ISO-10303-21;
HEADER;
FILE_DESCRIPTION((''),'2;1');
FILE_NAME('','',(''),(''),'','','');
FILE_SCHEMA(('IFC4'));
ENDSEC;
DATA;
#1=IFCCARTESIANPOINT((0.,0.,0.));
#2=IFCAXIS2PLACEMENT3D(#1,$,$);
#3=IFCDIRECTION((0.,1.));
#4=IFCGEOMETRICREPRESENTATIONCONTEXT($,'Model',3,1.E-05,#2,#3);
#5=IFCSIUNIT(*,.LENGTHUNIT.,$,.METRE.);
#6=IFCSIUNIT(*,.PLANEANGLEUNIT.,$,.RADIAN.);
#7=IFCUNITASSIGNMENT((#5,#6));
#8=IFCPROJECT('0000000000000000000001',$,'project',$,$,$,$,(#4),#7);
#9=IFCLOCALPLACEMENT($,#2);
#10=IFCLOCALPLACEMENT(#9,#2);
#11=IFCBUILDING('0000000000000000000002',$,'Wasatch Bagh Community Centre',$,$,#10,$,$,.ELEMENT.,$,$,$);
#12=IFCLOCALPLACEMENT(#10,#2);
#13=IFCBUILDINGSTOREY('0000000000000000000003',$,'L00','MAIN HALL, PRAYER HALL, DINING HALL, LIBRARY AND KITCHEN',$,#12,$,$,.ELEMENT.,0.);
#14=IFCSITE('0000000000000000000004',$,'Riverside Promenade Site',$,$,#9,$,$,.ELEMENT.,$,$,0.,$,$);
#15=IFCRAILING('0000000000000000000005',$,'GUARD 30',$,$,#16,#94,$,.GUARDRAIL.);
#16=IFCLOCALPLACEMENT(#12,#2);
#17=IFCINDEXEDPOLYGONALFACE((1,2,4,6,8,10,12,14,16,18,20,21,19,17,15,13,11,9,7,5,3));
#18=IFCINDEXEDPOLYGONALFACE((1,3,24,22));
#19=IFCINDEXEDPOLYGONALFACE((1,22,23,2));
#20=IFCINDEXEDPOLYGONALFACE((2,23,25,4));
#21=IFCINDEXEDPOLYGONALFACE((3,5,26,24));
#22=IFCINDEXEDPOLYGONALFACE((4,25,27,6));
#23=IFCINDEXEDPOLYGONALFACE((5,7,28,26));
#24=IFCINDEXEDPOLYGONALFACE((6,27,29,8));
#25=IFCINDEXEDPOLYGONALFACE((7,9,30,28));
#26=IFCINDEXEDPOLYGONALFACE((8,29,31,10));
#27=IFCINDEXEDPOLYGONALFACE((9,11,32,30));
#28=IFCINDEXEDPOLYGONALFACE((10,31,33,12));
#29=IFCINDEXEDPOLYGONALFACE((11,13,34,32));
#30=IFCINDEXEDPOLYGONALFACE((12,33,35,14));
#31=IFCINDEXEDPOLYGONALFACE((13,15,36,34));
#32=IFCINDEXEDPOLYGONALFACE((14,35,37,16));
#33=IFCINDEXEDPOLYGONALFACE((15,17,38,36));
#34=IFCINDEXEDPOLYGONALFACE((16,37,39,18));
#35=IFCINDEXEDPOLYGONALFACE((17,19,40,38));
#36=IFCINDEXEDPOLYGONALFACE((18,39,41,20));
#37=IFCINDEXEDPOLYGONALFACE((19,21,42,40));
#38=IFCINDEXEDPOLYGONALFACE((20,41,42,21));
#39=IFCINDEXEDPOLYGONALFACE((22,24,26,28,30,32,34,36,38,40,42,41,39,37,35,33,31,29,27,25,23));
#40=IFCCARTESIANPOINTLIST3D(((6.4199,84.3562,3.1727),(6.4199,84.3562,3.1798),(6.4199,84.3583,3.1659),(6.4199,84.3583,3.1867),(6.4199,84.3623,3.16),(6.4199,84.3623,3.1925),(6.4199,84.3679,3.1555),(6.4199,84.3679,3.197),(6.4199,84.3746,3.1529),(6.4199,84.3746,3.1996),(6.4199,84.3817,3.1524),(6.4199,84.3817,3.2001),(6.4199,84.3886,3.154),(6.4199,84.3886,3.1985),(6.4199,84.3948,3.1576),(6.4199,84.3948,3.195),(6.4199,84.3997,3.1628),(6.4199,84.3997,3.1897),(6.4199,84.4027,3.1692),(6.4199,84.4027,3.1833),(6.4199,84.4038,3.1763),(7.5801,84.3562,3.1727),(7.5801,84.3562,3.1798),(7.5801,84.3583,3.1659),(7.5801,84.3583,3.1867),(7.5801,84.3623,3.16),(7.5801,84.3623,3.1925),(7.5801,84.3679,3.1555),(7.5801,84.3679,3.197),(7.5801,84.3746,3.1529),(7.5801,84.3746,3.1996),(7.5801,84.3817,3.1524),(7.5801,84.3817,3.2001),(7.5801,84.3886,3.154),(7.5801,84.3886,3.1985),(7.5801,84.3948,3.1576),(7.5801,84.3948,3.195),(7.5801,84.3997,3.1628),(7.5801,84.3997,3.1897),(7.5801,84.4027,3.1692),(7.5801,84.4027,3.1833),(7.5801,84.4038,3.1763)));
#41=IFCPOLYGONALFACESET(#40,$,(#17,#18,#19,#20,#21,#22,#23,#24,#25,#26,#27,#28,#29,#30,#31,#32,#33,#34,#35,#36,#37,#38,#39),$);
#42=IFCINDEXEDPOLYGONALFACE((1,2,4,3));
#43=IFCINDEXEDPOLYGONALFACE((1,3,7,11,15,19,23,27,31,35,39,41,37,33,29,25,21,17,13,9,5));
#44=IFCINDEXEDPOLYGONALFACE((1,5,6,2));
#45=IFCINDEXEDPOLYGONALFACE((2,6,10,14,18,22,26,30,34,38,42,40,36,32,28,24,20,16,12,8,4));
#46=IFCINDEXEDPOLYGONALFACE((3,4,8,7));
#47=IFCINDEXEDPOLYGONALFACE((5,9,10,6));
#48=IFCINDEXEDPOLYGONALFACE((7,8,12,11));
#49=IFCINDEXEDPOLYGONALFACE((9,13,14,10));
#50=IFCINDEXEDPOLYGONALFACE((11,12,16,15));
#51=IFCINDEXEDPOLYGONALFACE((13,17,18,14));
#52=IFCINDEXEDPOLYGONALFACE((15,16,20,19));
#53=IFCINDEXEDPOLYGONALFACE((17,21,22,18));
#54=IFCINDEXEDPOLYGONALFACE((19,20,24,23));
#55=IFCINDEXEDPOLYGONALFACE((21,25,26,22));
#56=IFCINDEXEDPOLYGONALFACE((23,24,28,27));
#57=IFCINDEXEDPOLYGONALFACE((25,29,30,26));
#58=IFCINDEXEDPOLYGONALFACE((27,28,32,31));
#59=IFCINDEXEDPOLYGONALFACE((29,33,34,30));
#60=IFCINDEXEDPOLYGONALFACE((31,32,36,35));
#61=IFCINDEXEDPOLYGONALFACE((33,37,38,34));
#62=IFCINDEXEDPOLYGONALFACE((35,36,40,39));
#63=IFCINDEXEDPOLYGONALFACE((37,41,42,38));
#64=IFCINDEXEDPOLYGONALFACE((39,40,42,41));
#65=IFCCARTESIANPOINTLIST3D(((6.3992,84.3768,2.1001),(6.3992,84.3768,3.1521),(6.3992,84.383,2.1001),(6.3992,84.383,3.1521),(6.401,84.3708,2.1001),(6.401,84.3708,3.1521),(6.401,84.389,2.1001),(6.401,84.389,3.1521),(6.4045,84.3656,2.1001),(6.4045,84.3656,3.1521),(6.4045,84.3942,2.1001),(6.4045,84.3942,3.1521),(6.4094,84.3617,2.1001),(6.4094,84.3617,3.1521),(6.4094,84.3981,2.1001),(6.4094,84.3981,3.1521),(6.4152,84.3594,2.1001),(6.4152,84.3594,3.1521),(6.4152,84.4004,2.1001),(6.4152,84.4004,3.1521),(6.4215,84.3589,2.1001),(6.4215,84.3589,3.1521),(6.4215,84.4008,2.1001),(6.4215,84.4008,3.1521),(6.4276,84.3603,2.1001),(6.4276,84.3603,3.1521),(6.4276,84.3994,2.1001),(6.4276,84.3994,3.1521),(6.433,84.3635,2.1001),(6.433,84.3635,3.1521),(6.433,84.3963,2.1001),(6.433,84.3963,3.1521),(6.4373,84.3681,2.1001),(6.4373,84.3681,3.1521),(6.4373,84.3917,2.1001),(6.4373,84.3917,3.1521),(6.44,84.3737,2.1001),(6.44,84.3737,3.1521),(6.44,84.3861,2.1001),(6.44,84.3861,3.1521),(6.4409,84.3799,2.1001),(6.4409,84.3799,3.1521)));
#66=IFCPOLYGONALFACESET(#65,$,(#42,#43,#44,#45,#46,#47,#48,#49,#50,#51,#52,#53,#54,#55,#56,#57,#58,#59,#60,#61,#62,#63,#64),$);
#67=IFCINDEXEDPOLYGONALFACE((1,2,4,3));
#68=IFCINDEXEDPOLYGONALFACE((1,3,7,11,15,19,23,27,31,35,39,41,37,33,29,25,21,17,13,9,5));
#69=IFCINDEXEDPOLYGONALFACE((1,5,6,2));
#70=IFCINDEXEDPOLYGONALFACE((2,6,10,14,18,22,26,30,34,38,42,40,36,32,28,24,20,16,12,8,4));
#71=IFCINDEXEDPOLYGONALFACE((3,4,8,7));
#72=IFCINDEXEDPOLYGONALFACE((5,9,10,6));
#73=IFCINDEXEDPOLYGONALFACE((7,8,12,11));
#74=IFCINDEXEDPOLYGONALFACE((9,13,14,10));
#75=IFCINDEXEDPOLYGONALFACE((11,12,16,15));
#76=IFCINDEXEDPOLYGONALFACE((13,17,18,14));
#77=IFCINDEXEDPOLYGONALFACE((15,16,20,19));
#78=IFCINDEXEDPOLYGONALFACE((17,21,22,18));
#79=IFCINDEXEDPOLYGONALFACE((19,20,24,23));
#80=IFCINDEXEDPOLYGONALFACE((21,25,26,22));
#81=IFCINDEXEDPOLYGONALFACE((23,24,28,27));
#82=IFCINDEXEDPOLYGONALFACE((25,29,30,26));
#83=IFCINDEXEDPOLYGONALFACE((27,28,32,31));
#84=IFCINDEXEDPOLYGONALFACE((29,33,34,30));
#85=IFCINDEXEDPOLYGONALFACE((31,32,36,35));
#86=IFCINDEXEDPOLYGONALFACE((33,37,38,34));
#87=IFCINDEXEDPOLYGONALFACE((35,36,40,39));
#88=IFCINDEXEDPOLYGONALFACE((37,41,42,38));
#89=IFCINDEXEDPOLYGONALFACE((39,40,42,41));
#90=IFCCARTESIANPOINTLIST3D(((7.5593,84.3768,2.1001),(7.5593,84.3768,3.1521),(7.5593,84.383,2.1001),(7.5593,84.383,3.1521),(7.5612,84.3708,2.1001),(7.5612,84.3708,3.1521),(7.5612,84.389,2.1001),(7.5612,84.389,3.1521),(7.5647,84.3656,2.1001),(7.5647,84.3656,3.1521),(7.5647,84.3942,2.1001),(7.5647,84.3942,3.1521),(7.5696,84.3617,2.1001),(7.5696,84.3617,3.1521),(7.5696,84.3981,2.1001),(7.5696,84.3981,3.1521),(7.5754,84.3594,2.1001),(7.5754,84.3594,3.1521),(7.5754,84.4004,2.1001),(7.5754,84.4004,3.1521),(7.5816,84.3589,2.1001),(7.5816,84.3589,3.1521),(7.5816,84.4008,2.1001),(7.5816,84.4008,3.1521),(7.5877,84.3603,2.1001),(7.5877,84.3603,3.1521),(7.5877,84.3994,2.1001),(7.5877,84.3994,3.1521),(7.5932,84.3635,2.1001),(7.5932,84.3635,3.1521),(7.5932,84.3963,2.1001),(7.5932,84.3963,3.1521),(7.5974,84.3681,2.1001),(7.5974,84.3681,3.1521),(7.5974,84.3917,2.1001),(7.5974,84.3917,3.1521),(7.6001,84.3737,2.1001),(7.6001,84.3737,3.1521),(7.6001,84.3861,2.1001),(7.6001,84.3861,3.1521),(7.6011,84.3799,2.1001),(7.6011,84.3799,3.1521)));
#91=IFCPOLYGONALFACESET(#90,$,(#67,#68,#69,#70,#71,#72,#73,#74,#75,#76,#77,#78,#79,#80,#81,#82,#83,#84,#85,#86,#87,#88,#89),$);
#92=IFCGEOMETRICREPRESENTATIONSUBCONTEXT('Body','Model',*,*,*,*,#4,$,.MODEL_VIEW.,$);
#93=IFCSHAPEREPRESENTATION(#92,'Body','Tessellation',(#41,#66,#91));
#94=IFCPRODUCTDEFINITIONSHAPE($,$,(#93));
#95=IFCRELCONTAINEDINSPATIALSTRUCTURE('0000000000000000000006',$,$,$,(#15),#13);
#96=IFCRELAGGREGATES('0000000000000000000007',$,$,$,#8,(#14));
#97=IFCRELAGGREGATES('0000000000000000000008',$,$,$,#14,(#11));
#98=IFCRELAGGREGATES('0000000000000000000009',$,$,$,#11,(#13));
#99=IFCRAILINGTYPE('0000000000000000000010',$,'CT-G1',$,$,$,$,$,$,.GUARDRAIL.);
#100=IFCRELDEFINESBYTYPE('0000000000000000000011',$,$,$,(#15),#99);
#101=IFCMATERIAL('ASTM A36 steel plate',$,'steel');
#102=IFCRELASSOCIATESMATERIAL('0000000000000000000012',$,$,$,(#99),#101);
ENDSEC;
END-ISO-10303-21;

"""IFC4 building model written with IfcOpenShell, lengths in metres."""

from ifc_helpers import new_model, si_unit, direction, frame, origin, origin_2d, place, context, subcontext, project, spatial, circle, extrude, material, type_object, element, save


model = new_model("IFC4")

# Units and contexts
model_context = context("Model", 3, precision=1e-05, world=origin(), true_north=direction((0.0, 1.0)))
body_context = subcontext(model_context, "Body", "Model", "MODEL_VIEW")
ifc_project = project(units=[si_unit("LENGTHUNIT", "METRE"), si_unit("PLANEANGLEUNIT", "RADIAN")], contexts=[model_context])

# Site, building, storey
site_placement = place(None, origin())
site = spatial("IfcSite", under=ifc_project, at=site_placement, Name="Riverside Promenade Site", CompositionType="ELEMENT", RefElevation=0.0)
building_placement = place(site_placement, origin())
building = spatial("IfcBuilding", under=site, at=building_placement, Name="Wasatch Bagh Community Centre", CompositionType="ELEMENT")
storey_placement = place(building_placement, origin())
storey = spatial("IfcBuildingStorey", under=building, at=storey_placement, Name="L00", Description="MAIN HALL, PRAYER HALL, DINING HALL, LIBRARY AND KITCHEN", CompositionType="ELEMENT", Elevation=0.0)

# Railing
ifc_material_1 = material(Name="ASTM A36 steel plate", Category="steel")
railing_type_1 = type_object("IfcRailingType", Name="CT-G1", PredefinedType="GUARDRAIL", material=ifc_material_1)
railing_1_placement = place(storey_placement, frame((6.4199, 84.3799, 2.1001)))
element("IfcRailing", 1, at=railing_1_placement, inside=storey, type_object=railing_type_1, Name="GUARD 30", PredefinedType="GUARDRAIL", context=body_context, shape_type="SweptSolid", body=[
    extrude(circle(Radius=0.0239, at=origin_2d()), frame((0.0, 0.0, 1.0762), z_axis=(1.0, 0.0, 0.0), x_axis=(0.0, 1.0, 0.0)), (0.0, 0.0, 1.0), 1.1602),
    extrude(circle(Radius=0.021, at=origin_2d()), origin(), (0.0, 0.0, 1.0), 1.052),
    extrude(circle(Radius=0.021, at=origin_2d()), frame((1.1602, 0.0, 0.0)), (0.0, 0.0, 1.0), 1.052),
])

save(model, "model.ifc")
